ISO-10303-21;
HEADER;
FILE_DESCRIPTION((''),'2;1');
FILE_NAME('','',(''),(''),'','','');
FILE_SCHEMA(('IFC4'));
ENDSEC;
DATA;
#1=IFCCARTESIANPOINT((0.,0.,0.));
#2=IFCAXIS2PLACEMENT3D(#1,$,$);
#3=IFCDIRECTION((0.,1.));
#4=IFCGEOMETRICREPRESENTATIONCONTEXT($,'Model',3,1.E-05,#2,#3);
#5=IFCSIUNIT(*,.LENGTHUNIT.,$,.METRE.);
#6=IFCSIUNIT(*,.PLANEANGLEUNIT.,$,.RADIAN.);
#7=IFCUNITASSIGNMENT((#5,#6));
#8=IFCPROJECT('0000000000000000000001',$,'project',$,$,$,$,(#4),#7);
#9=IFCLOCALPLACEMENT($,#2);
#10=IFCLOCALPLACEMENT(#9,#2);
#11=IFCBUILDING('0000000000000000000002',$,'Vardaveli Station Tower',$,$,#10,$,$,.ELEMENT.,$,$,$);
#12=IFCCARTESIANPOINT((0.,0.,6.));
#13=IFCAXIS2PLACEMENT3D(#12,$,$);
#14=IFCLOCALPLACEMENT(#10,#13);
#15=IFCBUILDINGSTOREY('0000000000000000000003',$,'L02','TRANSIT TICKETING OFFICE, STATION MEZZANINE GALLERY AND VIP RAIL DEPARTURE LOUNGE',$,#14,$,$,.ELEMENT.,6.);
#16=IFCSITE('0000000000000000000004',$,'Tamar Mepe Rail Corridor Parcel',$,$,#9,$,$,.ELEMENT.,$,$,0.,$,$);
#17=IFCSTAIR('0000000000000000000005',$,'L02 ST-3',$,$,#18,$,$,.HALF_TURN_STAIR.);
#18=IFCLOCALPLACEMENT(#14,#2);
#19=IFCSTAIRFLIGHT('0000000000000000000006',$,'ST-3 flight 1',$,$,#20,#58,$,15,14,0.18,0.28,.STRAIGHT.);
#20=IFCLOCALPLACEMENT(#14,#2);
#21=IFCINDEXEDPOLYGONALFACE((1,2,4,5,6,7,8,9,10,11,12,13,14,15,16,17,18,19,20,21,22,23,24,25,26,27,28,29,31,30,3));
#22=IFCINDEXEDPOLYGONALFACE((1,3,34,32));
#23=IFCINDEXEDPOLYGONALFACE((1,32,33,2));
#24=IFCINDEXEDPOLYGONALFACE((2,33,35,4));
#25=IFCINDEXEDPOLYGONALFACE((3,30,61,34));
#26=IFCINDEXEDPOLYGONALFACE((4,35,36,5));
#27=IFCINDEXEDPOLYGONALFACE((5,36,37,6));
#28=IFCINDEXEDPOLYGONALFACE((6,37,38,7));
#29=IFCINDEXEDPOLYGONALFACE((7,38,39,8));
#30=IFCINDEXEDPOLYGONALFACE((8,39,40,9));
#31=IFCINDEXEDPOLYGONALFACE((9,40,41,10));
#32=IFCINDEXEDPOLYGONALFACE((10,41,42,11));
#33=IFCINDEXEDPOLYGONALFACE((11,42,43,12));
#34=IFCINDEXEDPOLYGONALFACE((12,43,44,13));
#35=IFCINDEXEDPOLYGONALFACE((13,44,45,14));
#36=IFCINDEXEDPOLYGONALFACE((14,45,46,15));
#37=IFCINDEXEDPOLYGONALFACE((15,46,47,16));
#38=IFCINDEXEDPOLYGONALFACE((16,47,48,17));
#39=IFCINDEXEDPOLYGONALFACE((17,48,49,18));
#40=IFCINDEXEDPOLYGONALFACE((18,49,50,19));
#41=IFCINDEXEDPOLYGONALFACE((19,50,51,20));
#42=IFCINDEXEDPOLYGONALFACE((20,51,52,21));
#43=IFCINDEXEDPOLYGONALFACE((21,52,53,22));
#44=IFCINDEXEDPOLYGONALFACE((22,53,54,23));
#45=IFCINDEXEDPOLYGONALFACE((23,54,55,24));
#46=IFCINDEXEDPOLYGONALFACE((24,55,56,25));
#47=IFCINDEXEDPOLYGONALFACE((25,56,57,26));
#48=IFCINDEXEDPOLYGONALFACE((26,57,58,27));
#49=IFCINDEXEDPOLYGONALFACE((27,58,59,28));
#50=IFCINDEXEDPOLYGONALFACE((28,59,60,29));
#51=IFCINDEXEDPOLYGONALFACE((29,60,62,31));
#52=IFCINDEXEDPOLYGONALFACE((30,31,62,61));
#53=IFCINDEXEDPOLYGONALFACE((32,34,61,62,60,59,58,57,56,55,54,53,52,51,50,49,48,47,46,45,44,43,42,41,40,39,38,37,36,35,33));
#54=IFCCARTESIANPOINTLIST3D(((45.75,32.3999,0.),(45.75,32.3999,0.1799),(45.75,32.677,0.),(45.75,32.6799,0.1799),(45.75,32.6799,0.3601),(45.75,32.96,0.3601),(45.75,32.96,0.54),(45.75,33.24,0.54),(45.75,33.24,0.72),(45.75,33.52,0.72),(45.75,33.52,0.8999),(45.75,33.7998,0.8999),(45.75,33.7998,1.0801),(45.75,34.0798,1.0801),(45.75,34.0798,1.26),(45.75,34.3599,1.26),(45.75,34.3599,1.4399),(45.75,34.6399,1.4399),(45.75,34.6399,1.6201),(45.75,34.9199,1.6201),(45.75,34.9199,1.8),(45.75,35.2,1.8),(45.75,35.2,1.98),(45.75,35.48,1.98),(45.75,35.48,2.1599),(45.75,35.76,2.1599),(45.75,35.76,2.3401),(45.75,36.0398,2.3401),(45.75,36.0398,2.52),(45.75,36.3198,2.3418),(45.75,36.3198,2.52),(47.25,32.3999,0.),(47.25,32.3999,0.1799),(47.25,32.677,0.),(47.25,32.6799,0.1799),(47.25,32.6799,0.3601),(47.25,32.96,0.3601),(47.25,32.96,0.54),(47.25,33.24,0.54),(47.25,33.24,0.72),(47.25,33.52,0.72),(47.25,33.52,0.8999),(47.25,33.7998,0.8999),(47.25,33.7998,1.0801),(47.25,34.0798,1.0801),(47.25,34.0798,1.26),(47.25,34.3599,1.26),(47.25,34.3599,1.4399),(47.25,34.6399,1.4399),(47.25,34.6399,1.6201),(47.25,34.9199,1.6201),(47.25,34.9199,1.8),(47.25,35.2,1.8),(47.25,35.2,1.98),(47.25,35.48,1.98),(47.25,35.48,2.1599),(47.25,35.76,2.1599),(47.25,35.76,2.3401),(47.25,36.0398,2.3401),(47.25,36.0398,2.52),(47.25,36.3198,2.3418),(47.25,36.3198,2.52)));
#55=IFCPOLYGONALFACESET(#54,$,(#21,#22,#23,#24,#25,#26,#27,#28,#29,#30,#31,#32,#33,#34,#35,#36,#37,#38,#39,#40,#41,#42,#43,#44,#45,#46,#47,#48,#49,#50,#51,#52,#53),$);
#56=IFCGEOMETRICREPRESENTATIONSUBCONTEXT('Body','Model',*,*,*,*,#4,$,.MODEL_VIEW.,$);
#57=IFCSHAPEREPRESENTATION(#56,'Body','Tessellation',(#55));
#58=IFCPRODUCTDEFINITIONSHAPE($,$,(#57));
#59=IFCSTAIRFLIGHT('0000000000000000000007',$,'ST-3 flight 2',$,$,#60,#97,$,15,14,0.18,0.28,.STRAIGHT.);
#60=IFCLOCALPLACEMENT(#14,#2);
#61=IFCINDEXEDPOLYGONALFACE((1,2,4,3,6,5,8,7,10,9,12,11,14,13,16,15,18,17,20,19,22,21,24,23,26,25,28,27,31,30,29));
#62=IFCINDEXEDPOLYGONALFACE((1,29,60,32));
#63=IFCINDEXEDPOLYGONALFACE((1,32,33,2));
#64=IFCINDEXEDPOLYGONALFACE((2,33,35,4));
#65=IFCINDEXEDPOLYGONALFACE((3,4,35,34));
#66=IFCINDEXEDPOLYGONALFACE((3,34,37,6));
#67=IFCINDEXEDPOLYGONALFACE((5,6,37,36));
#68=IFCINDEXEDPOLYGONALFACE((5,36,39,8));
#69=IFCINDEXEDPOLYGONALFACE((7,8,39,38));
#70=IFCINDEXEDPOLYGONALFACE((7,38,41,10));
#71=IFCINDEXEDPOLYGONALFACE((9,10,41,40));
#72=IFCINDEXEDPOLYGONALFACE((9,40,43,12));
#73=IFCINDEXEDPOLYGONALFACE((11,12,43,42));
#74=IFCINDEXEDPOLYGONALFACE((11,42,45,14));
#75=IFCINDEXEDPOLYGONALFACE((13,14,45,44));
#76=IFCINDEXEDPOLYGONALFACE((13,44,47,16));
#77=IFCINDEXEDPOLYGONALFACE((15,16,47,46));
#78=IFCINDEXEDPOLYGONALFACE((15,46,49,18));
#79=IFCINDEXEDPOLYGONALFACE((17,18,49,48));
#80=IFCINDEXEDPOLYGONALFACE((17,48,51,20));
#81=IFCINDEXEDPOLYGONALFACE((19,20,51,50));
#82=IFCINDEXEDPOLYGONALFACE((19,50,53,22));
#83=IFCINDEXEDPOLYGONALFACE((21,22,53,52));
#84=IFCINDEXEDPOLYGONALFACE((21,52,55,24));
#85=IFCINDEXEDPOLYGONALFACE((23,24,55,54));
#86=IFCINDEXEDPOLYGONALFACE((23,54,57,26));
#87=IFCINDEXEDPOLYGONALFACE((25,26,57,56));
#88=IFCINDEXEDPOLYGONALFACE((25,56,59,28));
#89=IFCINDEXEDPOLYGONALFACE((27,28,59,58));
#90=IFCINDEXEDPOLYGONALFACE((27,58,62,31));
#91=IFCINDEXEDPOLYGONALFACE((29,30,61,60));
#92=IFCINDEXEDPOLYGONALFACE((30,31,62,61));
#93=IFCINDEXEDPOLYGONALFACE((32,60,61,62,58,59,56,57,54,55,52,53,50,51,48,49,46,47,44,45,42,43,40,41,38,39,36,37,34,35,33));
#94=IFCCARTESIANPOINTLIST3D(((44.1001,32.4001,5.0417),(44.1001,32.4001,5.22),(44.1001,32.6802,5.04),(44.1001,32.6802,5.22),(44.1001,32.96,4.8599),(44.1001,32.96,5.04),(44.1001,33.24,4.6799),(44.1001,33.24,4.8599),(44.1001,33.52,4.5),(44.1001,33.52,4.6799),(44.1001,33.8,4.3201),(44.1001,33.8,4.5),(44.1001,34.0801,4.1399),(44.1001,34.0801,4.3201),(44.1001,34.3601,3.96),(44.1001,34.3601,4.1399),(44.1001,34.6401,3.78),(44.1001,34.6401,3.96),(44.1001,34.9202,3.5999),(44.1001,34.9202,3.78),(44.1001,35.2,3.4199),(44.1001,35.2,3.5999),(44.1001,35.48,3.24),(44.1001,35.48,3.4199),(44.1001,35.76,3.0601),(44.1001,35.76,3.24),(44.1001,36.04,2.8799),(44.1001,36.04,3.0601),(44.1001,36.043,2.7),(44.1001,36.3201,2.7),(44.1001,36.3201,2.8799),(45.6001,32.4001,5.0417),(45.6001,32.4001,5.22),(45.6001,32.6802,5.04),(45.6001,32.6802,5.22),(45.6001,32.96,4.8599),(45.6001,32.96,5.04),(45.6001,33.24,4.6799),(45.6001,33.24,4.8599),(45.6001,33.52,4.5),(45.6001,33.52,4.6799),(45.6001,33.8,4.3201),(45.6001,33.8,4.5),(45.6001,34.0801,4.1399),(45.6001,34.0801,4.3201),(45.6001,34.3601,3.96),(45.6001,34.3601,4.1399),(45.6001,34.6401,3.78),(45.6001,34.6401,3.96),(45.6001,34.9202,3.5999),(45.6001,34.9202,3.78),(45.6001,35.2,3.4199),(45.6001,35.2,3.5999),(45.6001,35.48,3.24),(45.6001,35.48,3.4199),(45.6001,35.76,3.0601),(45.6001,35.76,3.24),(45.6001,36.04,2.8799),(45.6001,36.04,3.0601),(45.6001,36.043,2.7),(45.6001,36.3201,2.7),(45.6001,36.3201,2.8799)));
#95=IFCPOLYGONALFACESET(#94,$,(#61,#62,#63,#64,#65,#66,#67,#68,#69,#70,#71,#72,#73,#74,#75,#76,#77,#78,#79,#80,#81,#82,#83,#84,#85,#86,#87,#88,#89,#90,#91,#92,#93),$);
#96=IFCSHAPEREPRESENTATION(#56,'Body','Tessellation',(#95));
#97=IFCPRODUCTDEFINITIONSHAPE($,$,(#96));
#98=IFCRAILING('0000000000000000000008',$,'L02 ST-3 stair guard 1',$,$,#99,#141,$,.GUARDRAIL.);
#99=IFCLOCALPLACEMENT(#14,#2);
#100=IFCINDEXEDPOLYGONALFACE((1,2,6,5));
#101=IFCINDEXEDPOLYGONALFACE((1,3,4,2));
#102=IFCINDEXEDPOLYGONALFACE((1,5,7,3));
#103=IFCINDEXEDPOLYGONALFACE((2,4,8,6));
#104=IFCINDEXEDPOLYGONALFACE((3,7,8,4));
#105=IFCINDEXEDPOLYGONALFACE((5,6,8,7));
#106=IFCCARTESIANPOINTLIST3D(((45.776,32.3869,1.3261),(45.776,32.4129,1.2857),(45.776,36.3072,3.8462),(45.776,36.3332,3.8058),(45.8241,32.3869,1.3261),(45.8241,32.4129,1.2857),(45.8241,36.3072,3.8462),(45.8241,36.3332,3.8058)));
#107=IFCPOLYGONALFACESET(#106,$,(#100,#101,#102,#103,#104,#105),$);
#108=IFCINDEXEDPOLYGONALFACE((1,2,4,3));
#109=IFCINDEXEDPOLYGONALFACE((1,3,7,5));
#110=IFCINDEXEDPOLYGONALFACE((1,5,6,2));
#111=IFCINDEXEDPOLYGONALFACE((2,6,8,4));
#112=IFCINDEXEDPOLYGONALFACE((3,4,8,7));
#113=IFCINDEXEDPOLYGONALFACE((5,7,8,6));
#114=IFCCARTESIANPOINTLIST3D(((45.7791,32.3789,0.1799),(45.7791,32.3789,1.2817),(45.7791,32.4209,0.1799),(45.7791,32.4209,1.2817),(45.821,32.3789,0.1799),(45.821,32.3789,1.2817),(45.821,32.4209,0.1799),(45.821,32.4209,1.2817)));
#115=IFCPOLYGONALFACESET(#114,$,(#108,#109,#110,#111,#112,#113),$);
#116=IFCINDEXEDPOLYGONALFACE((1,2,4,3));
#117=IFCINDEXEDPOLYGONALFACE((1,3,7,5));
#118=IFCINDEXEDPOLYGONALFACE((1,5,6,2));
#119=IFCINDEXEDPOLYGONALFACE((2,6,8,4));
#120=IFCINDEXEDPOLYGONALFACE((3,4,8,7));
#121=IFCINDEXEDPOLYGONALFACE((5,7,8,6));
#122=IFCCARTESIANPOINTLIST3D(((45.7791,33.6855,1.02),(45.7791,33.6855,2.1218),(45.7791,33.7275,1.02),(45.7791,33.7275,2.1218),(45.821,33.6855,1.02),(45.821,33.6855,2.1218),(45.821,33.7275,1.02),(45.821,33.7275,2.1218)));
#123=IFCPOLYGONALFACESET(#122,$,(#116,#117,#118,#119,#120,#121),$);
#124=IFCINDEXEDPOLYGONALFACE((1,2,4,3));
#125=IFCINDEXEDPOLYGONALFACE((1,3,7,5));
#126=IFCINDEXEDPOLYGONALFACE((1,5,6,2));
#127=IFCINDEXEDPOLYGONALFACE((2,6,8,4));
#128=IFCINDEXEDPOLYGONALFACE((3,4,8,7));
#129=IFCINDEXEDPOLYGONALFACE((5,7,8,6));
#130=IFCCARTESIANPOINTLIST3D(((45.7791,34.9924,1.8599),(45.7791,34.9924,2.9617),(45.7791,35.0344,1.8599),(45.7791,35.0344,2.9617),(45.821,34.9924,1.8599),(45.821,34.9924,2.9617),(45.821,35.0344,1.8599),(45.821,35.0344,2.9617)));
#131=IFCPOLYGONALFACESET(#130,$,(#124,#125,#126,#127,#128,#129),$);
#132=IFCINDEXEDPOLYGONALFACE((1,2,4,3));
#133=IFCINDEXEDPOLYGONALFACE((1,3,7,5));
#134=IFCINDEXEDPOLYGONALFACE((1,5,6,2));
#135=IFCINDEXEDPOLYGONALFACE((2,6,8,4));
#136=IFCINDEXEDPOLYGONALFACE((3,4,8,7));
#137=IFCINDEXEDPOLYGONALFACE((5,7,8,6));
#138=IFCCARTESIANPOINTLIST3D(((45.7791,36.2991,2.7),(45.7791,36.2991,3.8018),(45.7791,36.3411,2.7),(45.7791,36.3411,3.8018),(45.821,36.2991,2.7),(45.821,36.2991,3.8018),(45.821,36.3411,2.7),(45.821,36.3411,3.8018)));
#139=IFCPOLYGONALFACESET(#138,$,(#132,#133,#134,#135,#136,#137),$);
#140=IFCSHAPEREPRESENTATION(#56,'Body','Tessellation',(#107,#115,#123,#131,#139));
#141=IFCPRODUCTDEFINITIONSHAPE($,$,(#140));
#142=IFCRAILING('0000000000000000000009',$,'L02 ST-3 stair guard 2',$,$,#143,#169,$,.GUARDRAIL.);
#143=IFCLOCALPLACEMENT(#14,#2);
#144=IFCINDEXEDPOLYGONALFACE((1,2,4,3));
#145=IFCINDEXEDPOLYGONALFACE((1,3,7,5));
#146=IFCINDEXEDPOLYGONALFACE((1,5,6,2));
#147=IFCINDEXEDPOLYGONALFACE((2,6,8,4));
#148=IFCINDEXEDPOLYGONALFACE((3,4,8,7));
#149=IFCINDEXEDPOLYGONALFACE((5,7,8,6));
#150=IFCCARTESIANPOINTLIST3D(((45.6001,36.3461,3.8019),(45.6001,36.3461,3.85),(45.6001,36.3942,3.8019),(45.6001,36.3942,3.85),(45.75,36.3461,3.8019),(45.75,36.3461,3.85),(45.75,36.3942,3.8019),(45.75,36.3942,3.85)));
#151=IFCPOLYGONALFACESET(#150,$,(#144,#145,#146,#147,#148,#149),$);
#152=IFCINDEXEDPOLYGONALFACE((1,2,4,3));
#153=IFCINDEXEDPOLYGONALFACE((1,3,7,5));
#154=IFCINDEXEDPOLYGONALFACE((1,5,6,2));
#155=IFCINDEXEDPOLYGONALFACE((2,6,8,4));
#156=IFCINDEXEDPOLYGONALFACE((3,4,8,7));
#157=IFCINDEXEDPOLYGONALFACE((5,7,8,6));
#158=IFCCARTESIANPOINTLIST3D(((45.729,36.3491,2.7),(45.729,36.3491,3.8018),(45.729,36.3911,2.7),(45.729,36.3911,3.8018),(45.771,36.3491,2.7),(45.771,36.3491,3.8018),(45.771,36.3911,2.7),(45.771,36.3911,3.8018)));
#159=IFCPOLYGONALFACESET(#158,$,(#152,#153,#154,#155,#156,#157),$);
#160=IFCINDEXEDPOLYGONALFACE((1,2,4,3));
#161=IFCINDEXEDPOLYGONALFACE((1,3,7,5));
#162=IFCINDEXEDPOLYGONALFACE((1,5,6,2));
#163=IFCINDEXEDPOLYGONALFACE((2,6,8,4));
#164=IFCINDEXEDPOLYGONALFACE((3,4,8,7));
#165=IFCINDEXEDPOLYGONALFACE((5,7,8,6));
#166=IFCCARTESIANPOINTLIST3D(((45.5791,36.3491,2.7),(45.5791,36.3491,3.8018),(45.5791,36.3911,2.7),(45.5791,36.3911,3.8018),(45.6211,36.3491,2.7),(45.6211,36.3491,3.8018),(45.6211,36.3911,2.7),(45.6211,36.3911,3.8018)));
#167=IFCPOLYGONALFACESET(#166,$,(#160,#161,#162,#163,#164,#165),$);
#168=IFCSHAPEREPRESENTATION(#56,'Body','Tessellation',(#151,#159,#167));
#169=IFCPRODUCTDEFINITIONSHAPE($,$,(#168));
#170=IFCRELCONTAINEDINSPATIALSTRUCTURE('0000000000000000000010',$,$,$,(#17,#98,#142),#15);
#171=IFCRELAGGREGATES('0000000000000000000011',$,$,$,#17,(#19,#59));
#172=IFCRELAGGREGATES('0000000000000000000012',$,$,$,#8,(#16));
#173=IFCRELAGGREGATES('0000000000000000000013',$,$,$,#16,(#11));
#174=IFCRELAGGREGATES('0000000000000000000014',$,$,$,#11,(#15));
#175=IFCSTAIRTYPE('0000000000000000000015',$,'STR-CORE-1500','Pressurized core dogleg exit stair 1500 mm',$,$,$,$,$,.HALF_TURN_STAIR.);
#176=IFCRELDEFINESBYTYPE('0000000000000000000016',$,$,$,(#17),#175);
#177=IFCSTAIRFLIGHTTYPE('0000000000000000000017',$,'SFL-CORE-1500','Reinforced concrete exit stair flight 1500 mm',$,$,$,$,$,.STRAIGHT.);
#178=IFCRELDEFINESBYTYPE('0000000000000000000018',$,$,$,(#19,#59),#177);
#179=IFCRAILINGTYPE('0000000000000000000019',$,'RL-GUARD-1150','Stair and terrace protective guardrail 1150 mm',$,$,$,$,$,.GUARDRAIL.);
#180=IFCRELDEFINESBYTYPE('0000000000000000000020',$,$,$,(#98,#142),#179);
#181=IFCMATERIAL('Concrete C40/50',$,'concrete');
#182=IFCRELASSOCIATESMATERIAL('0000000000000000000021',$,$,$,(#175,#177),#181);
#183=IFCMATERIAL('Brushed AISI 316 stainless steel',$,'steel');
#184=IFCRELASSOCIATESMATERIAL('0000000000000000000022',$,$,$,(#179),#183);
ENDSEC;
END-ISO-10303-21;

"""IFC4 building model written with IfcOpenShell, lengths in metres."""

from ifc_helpers import new_model, si_unit, direction, frame, origin, origin_2d, place, context, subcontext, project, spatial, polyline, rectangle, outline, extrude, source, transform, mapped, material, type_object, element, aggregate, save


model = new_model("IFC4")

# Units and contexts
model_context = context("Model", 3, precision=1e-05, world=origin(), true_north=direction((0.0, 1.0)))
body_context = subcontext(model_context, "Body", "Model", "MODEL_VIEW")
ifc_project = project(units=[si_unit("LENGTHUNIT", "METRE"), si_unit("PLANEANGLEUNIT", "RADIAN")], contexts=[model_context])

# Site, building, storey
site_placement = place(None, origin())
site = spatial("IfcSite", under=ifc_project, at=site_placement, Name="Tamar Mepe Rail Corridor Parcel", CompositionType="ELEMENT", RefElevation=0.0)
building_placement = place(site_placement, origin())
building = spatial("IfcBuilding", under=site, at=building_placement, Name="Vardaveli Station Tower", CompositionType="ELEMENT")
storey_placement = place(building_placement, frame((0.0, 0.0, 6.0)))
storey = spatial("IfcBuildingStorey", under=building, at=storey_placement, Name="L02", Description="TRANSIT TICKETING OFFICE, STATION MEZZANINE GALLERY AND VIP RAIL DEPARTURE LOUNGE", CompositionType="ELEMENT", Elevation=6.0)

# Shared definitions
ifc_material_1 = material(Name="Concrete C40/50", Category="concrete")

# Stair, stair flights
stair_type = type_object("IfcStairType", Name="STR-CORE-1500", Description="Pressurized core dogleg exit stair 1500 mm", PredefinedType="HALF_TURN_STAIR", material=ifc_material_1)
stair_placement = place(storey_placement, origin())
stair = element("IfcStair", 1, at=stair_placement, inside=storey, type_object=stair_type, Name="L02 ST-3", PredefinedType="HALF_TURN_STAIR")
stair_flight_type = type_object("IfcStairFlightType", Name="SFL-CORE-1500", Description="Reinforced concrete exit stair flight 1500 mm", PredefinedType="STRAIGHT", material=ifc_material_1)
shared_shape_1 = source(origin(), body_context, "Body", "SweptSolid", [
    extrude(outline(polyline([(0.0, 0.0), (0.0, 0.1799), (0.28, 0.1799), (0.28, 0.3601), (0.5601, 0.3601), (0.5601, 0.54), (0.8401, 0.54), (0.8401, 0.72), (1.1201, 0.72), (1.1201, 0.8999), (1.3999, 0.8999), (1.3999, 1.0801), (1.6799, 1.0801), (1.6799, 1.26), (1.96, 1.26), (1.96, 1.4399), (2.24, 1.4399), (2.24, 1.6201), (2.52, 1.6201), (2.52, 1.8), (2.8, 1.8), (2.8, 1.98), (3.0801, 1.98), (3.0801, 2.1599), (3.3601, 2.1599), (3.3601, 2.3401), (3.6399, 2.3401), (3.6399, 2.52), (3.9199, 2.52), (3.9199, 2.7), (3.9199, 2.3418), (0.2771, 0.0), (0.0, 0.0)])), frame((0.0, 0.75, 0.0), z_axis=(0.0, -1.0, 0.0), x_axis=(1.0, 0.0, 0.0)), (0.0, 0.0, 1.0), 1.5),
])
stair_flight_1_placement = place(storey_placement, frame((46.5, 32.3999, 0.0), z_axis=(0.0, 0.0, 1.0), x_axis=(0.0, 1.0, 0.0)))
stair_flight_1 = element("IfcStairFlight", 2, at=stair_flight_1_placement, type_object=stair_flight_type, Name="ST-3 flight 1", NumberOfRisers=15, NumberOfTreads=14, PredefinedType="STRAIGHT", RiserHeight=0.18, TreadLength=0.28, context=body_context, shape_type="MappedRepresentation", body=[
    mapped(shared_shape_1, transform((0.0, 0.0, 0.0), scale=1.0)),
])
stair_flight_2_placement = place(storey_placement, frame((44.8501, 36.3201, 2.7), z_axis=(0.0, 0.0, 1.0), x_axis=(0.0, -1.0, 0.0)))
stair_flight_2 = element("IfcStairFlight", 3, at=stair_flight_2_placement, type_object=stair_flight_type, Name="ST-3 flight 2", NumberOfRisers=15, NumberOfTreads=14, PredefinedType="STRAIGHT", RiserHeight=0.18, TreadLength=0.28, context=body_context, shape_type="MappedRepresentation", body=[
    mapped(shared_shape_1, transform((0.0, 0.0, 0.0), scale=1.0)),
])
aggregate(stair, [stair_flight_1, stair_flight_2])

# Railings
ifc_material_2 = material(Name="Brushed AISI 316 stainless steel", Category="steel")
railing_type_1 = type_object("IfcRailingType", Name="RL-GUARD-1150", Description="Stair and terrace protective guardrail 1150 mm", PredefinedType="GUARDRAIL", material=ifc_material_2)
shared_shape_2 = source(origin(), body_context, "Body", "SweptSolid", [
    extrude(rectangle(XDim=0.0481, YDim=0.0481, at=origin_2d()), frame((0.0, 0.0, 1.126), z_axis=(0.0, 0.841187, 0.540744), x_axis=(-1.0, 0.0, 0.0)), (0.0, 0.0, 1.0), 4.6604),
    extrude(rectangle(XDim=0.042, YDim=0.042, at=origin_2d()), origin(), (0.0, 0.0, 1.0), 1.1018),
    extrude(rectangle(XDim=0.042, YDim=0.042, at=origin_2d()), frame((0.0, 1.3066, 0.8401)), (0.0, 0.0, 1.0), 1.1018),
    extrude(rectangle(XDim=0.042, YDim=0.042, at=origin_2d()), frame((0.0, 2.6135, 1.6799)), (0.0, 0.0, 1.0), 1.1018),
    extrude(rectangle(XDim=0.042, YDim=0.042, at=origin_2d()), frame((0.0, 3.9202, 2.52)), (0.0, 0.0, 1.0), 1.1018),
])
railing_1_placement = place(storey_placement, frame((45.8, 32.3999, 0.1799)))
element("IfcRailing", 4, at=railing_1_placement, inside=storey, type_object=railing_type_1, Name="L02 ST-3 stair guard 1", PredefinedType="GUARDRAIL", context=body_context, shape_type="MappedRepresentation", body=[
    mapped(shared_shape_2, transform((0.0, 0.0, 0.0), scale=1.0)),
])
shared_shape_3 = source(origin(), body_context, "Body", "SweptSolid", [
    extrude(rectangle(XDim=0.0481, YDim=0.0481, at=origin_2d()), frame((0.0, 0.0, 1.126), z_axis=(-1.0, 0.0, 0.0), x_axis=(0.0, -1.0, 0.0)), (0.0, 0.0, 1.0), 0.1499),
    extrude(rectangle(XDim=0.042, YDim=0.042, at=origin_2d()), origin(), (0.0, 0.0, 1.0), 1.1018),
    extrude(rectangle(XDim=0.042, YDim=0.042, at=origin_2d()), frame((-0.1499, 0.0, 0.0)), (0.0, 0.0, 1.0), 1.1018),
])
railing_2_placement = place(storey_placement, frame((45.75, 36.3701, 2.7)))
element("IfcRailing", 5, at=railing_2_placement, inside=storey, type_object=railing_type_1, Name="L02 ST-3 stair guard 2", PredefinedType="GUARDRAIL", context=body_context, shape_type="MappedRepresentation", body=[
    mapped(shared_shape_3, transform((0.0, 0.0, 0.0), scale=1.0)),
])

save(model, "model.ifc")
